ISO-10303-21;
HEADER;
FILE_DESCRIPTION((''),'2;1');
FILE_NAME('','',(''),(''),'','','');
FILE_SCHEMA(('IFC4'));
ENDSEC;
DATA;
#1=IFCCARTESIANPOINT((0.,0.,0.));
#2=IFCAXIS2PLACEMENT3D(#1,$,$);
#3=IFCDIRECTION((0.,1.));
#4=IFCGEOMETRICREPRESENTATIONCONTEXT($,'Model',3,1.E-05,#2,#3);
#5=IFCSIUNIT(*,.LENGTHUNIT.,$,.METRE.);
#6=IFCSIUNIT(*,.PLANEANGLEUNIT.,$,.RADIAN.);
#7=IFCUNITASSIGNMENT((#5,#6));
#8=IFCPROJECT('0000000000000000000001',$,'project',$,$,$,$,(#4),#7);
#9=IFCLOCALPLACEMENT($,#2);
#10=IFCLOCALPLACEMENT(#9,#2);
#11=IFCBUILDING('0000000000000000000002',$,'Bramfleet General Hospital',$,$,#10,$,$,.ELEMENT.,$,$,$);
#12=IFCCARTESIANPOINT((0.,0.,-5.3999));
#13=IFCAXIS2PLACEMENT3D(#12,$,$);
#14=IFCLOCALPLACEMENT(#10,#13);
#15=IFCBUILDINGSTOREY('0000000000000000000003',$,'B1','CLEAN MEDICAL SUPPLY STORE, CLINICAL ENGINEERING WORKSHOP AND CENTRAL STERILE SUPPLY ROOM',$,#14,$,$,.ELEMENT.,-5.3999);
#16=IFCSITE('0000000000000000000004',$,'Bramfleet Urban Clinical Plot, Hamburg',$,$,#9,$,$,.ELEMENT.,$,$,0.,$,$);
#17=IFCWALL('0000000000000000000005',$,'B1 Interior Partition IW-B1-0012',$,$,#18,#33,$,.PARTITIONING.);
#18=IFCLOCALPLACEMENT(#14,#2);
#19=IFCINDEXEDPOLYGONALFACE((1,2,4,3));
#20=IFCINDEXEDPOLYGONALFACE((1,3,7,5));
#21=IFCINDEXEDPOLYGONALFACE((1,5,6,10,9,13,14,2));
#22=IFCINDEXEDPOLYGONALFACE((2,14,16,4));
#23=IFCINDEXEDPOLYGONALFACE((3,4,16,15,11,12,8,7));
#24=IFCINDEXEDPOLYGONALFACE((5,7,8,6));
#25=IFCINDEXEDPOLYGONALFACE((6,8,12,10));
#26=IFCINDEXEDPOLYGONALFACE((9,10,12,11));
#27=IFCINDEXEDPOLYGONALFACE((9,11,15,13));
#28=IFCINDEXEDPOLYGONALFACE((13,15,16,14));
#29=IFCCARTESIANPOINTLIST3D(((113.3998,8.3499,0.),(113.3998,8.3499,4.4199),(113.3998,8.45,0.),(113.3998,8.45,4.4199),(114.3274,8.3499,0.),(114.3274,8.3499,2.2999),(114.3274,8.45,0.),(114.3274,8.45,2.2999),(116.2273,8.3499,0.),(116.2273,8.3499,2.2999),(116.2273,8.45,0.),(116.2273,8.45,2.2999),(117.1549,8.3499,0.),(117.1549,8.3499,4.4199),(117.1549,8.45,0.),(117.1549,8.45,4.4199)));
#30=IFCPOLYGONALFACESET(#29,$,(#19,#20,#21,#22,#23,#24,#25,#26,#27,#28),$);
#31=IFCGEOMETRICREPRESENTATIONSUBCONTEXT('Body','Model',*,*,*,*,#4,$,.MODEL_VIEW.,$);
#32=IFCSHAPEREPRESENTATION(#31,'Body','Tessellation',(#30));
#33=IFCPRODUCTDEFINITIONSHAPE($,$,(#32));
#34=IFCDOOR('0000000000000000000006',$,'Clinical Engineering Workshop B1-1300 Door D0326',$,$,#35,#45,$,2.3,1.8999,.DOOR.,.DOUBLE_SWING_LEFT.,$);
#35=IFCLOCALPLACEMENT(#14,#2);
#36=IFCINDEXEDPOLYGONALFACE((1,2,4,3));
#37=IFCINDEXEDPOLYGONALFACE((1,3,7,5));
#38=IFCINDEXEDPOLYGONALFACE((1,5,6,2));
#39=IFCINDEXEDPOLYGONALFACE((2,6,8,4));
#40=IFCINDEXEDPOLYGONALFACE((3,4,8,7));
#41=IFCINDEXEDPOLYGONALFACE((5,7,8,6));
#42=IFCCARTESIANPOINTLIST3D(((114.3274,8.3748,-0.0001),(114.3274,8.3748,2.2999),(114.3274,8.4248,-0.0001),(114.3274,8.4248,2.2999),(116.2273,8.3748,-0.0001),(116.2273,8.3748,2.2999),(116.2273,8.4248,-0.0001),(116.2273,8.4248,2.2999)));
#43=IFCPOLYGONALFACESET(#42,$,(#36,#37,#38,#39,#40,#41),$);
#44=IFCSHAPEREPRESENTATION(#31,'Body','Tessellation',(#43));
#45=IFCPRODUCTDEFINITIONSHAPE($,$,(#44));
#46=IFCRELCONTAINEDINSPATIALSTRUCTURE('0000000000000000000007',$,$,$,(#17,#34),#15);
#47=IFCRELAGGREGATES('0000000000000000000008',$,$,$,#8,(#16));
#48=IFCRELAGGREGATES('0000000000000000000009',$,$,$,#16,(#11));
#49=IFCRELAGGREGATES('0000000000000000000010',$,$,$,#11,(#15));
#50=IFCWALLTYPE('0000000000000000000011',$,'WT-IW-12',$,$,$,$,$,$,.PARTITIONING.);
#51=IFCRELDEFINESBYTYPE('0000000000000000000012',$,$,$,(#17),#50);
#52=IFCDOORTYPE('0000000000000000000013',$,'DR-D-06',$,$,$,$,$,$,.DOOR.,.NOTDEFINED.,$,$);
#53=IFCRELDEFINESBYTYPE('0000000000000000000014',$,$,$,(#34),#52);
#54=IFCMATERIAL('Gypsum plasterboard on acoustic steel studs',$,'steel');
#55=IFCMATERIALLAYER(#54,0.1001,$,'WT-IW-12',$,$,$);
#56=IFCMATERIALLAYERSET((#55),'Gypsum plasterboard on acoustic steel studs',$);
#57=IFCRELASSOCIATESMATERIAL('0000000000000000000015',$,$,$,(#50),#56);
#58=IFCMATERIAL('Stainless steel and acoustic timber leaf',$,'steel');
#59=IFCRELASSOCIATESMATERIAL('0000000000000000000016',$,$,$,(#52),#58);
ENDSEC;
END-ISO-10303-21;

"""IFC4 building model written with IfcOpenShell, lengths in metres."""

from ifc_helpers import new_model, si_unit, direction, frame, frame_2d, origin, place, context, subcontext, project, spatial, rectangle, extrude, material, layer, layer_set, type_object, element, fill, save


model = new_model("IFC4")

# Units and contexts
model_context = context("Model", 3, precision=1e-05, world=origin(), true_north=direction((0.0, 1.0)))
body_context = subcontext(model_context, "Body", "Model", "MODEL_VIEW")
ifc_project = project(units=[si_unit("LENGTHUNIT", "METRE"), si_unit("PLANEANGLEUNIT", "RADIAN")], contexts=[model_context])

# Site, building, storey
site_placement = place(None, origin())
site = spatial("IfcSite", under=ifc_project, at=site_placement, Name="Bramfleet Urban Clinical Plot, Hamburg", CompositionType="ELEMENT", RefElevation=0.0)
building_placement = place(site_placement, origin())
building = spatial("IfcBuilding", under=site, at=building_placement, Name="Bramfleet General Hospital", CompositionType="ELEMENT")
storey_placement = place(building_placement, frame((0.0, 0.0, -5.3999)))
storey = spatial("IfcBuildingStorey", under=building, at=storey_placement, Name="B1", Description="CLEAN MEDICAL SUPPLY STORE, CLINICAL ENGINEERING WORKSHOP AND CENTRAL STERILE SUPPLY ROOM", CompositionType="ELEMENT", Elevation=-5.3999)

# Shared definitions
ifc_material_1 = material(Name="Stainless steel and acoustic timber leaf", Category="steel")

# Shared definitions
ifc_material_2 = material(Name="Gypsum plasterboard on acoustic steel studs", Category="steel")

# Wall, opening, door
ifc_layer_1 = layer(ifc_material_2, 0.1001, Name="WT-IW-12")
ifc_layer_set_1 = layer_set([ifc_layer_1], Name="Gypsum plasterboard on acoustic steel studs")
wall_type_1 = type_object("IfcWallType", Name="WT-IW-12", PredefinedType="PARTITIONING", material=ifc_layer_set_1)
wall_1_placement = place(storey_placement, frame((113.3999, 8.3999, 0.0), z_axis=(0.0, 0.0, 1.0), x_axis=(1.0, 0.0, 0.0)))
wall_1 = element("IfcWall", 1, at=wall_1_placement, inside=storey, type_object=wall_type_1, Name="B1 Interior Partition IW-B1-0012", PredefinedType="PARTITIONING", context=body_context, shape_type="SweptSolid", body=[
    extrude(rectangle(XDim=3.7551, YDim=0.1001, at=frame_2d((1.8774, 0.0))), origin(), (0.0, 0.0, 1.0), 4.4199),
])
opening_1_placement = place(wall_1_placement, frame((0.9275, 0.0, 0.0)))
opening_1 = element("IfcOpeningElement", 2, at=opening_1_placement, cuts=wall_1, PredefinedType="OPENING", context=body_context, shape_type="SweptSolid", body=[
    extrude(rectangle(XDim=1.8999, YDim=2.3, at=frame_2d((0.95, 1.1499))), frame((0.0, 0.0601, 0.0), z_axis=(0.0, -1.0, 0.0), x_axis=(1.0, 0.0, 0.0)), (0.0, 0.0, 1.0), 0.1201),
])
door_type_1 = type_object("IfcDoorType", Name="DR-D-06", OperationType="NOTDEFINED", PredefinedType="DOOR", material=ifc_material_1)
door_1_placement = place(opening_1_placement, origin())
door_1 = element("IfcDoor", 3, at=door_1_placement, inside=storey, type_object=door_type_1, Name="Clinical Engineering Workshop B1-1300 Door D0326", OperationType="DOUBLE_SWING_LEFT", OverallHeight=2.3, OverallWidth=1.8999, PredefinedType="DOOR", context=body_context, shape_type="SweptSolid", body=[
    extrude(rectangle(XDim=1.8999, YDim=2.3, at=frame_2d((0.95, 1.1499))), frame((0.0, 0.0249, 0.0), z_axis=(0.0, -1.0, 0.0), x_axis=(1.0, 0.0, 0.0)), (0.0, 0.0, 1.0), 0.05),
])
fill(opening_1, door_1)

save(model, "model.ifc")
